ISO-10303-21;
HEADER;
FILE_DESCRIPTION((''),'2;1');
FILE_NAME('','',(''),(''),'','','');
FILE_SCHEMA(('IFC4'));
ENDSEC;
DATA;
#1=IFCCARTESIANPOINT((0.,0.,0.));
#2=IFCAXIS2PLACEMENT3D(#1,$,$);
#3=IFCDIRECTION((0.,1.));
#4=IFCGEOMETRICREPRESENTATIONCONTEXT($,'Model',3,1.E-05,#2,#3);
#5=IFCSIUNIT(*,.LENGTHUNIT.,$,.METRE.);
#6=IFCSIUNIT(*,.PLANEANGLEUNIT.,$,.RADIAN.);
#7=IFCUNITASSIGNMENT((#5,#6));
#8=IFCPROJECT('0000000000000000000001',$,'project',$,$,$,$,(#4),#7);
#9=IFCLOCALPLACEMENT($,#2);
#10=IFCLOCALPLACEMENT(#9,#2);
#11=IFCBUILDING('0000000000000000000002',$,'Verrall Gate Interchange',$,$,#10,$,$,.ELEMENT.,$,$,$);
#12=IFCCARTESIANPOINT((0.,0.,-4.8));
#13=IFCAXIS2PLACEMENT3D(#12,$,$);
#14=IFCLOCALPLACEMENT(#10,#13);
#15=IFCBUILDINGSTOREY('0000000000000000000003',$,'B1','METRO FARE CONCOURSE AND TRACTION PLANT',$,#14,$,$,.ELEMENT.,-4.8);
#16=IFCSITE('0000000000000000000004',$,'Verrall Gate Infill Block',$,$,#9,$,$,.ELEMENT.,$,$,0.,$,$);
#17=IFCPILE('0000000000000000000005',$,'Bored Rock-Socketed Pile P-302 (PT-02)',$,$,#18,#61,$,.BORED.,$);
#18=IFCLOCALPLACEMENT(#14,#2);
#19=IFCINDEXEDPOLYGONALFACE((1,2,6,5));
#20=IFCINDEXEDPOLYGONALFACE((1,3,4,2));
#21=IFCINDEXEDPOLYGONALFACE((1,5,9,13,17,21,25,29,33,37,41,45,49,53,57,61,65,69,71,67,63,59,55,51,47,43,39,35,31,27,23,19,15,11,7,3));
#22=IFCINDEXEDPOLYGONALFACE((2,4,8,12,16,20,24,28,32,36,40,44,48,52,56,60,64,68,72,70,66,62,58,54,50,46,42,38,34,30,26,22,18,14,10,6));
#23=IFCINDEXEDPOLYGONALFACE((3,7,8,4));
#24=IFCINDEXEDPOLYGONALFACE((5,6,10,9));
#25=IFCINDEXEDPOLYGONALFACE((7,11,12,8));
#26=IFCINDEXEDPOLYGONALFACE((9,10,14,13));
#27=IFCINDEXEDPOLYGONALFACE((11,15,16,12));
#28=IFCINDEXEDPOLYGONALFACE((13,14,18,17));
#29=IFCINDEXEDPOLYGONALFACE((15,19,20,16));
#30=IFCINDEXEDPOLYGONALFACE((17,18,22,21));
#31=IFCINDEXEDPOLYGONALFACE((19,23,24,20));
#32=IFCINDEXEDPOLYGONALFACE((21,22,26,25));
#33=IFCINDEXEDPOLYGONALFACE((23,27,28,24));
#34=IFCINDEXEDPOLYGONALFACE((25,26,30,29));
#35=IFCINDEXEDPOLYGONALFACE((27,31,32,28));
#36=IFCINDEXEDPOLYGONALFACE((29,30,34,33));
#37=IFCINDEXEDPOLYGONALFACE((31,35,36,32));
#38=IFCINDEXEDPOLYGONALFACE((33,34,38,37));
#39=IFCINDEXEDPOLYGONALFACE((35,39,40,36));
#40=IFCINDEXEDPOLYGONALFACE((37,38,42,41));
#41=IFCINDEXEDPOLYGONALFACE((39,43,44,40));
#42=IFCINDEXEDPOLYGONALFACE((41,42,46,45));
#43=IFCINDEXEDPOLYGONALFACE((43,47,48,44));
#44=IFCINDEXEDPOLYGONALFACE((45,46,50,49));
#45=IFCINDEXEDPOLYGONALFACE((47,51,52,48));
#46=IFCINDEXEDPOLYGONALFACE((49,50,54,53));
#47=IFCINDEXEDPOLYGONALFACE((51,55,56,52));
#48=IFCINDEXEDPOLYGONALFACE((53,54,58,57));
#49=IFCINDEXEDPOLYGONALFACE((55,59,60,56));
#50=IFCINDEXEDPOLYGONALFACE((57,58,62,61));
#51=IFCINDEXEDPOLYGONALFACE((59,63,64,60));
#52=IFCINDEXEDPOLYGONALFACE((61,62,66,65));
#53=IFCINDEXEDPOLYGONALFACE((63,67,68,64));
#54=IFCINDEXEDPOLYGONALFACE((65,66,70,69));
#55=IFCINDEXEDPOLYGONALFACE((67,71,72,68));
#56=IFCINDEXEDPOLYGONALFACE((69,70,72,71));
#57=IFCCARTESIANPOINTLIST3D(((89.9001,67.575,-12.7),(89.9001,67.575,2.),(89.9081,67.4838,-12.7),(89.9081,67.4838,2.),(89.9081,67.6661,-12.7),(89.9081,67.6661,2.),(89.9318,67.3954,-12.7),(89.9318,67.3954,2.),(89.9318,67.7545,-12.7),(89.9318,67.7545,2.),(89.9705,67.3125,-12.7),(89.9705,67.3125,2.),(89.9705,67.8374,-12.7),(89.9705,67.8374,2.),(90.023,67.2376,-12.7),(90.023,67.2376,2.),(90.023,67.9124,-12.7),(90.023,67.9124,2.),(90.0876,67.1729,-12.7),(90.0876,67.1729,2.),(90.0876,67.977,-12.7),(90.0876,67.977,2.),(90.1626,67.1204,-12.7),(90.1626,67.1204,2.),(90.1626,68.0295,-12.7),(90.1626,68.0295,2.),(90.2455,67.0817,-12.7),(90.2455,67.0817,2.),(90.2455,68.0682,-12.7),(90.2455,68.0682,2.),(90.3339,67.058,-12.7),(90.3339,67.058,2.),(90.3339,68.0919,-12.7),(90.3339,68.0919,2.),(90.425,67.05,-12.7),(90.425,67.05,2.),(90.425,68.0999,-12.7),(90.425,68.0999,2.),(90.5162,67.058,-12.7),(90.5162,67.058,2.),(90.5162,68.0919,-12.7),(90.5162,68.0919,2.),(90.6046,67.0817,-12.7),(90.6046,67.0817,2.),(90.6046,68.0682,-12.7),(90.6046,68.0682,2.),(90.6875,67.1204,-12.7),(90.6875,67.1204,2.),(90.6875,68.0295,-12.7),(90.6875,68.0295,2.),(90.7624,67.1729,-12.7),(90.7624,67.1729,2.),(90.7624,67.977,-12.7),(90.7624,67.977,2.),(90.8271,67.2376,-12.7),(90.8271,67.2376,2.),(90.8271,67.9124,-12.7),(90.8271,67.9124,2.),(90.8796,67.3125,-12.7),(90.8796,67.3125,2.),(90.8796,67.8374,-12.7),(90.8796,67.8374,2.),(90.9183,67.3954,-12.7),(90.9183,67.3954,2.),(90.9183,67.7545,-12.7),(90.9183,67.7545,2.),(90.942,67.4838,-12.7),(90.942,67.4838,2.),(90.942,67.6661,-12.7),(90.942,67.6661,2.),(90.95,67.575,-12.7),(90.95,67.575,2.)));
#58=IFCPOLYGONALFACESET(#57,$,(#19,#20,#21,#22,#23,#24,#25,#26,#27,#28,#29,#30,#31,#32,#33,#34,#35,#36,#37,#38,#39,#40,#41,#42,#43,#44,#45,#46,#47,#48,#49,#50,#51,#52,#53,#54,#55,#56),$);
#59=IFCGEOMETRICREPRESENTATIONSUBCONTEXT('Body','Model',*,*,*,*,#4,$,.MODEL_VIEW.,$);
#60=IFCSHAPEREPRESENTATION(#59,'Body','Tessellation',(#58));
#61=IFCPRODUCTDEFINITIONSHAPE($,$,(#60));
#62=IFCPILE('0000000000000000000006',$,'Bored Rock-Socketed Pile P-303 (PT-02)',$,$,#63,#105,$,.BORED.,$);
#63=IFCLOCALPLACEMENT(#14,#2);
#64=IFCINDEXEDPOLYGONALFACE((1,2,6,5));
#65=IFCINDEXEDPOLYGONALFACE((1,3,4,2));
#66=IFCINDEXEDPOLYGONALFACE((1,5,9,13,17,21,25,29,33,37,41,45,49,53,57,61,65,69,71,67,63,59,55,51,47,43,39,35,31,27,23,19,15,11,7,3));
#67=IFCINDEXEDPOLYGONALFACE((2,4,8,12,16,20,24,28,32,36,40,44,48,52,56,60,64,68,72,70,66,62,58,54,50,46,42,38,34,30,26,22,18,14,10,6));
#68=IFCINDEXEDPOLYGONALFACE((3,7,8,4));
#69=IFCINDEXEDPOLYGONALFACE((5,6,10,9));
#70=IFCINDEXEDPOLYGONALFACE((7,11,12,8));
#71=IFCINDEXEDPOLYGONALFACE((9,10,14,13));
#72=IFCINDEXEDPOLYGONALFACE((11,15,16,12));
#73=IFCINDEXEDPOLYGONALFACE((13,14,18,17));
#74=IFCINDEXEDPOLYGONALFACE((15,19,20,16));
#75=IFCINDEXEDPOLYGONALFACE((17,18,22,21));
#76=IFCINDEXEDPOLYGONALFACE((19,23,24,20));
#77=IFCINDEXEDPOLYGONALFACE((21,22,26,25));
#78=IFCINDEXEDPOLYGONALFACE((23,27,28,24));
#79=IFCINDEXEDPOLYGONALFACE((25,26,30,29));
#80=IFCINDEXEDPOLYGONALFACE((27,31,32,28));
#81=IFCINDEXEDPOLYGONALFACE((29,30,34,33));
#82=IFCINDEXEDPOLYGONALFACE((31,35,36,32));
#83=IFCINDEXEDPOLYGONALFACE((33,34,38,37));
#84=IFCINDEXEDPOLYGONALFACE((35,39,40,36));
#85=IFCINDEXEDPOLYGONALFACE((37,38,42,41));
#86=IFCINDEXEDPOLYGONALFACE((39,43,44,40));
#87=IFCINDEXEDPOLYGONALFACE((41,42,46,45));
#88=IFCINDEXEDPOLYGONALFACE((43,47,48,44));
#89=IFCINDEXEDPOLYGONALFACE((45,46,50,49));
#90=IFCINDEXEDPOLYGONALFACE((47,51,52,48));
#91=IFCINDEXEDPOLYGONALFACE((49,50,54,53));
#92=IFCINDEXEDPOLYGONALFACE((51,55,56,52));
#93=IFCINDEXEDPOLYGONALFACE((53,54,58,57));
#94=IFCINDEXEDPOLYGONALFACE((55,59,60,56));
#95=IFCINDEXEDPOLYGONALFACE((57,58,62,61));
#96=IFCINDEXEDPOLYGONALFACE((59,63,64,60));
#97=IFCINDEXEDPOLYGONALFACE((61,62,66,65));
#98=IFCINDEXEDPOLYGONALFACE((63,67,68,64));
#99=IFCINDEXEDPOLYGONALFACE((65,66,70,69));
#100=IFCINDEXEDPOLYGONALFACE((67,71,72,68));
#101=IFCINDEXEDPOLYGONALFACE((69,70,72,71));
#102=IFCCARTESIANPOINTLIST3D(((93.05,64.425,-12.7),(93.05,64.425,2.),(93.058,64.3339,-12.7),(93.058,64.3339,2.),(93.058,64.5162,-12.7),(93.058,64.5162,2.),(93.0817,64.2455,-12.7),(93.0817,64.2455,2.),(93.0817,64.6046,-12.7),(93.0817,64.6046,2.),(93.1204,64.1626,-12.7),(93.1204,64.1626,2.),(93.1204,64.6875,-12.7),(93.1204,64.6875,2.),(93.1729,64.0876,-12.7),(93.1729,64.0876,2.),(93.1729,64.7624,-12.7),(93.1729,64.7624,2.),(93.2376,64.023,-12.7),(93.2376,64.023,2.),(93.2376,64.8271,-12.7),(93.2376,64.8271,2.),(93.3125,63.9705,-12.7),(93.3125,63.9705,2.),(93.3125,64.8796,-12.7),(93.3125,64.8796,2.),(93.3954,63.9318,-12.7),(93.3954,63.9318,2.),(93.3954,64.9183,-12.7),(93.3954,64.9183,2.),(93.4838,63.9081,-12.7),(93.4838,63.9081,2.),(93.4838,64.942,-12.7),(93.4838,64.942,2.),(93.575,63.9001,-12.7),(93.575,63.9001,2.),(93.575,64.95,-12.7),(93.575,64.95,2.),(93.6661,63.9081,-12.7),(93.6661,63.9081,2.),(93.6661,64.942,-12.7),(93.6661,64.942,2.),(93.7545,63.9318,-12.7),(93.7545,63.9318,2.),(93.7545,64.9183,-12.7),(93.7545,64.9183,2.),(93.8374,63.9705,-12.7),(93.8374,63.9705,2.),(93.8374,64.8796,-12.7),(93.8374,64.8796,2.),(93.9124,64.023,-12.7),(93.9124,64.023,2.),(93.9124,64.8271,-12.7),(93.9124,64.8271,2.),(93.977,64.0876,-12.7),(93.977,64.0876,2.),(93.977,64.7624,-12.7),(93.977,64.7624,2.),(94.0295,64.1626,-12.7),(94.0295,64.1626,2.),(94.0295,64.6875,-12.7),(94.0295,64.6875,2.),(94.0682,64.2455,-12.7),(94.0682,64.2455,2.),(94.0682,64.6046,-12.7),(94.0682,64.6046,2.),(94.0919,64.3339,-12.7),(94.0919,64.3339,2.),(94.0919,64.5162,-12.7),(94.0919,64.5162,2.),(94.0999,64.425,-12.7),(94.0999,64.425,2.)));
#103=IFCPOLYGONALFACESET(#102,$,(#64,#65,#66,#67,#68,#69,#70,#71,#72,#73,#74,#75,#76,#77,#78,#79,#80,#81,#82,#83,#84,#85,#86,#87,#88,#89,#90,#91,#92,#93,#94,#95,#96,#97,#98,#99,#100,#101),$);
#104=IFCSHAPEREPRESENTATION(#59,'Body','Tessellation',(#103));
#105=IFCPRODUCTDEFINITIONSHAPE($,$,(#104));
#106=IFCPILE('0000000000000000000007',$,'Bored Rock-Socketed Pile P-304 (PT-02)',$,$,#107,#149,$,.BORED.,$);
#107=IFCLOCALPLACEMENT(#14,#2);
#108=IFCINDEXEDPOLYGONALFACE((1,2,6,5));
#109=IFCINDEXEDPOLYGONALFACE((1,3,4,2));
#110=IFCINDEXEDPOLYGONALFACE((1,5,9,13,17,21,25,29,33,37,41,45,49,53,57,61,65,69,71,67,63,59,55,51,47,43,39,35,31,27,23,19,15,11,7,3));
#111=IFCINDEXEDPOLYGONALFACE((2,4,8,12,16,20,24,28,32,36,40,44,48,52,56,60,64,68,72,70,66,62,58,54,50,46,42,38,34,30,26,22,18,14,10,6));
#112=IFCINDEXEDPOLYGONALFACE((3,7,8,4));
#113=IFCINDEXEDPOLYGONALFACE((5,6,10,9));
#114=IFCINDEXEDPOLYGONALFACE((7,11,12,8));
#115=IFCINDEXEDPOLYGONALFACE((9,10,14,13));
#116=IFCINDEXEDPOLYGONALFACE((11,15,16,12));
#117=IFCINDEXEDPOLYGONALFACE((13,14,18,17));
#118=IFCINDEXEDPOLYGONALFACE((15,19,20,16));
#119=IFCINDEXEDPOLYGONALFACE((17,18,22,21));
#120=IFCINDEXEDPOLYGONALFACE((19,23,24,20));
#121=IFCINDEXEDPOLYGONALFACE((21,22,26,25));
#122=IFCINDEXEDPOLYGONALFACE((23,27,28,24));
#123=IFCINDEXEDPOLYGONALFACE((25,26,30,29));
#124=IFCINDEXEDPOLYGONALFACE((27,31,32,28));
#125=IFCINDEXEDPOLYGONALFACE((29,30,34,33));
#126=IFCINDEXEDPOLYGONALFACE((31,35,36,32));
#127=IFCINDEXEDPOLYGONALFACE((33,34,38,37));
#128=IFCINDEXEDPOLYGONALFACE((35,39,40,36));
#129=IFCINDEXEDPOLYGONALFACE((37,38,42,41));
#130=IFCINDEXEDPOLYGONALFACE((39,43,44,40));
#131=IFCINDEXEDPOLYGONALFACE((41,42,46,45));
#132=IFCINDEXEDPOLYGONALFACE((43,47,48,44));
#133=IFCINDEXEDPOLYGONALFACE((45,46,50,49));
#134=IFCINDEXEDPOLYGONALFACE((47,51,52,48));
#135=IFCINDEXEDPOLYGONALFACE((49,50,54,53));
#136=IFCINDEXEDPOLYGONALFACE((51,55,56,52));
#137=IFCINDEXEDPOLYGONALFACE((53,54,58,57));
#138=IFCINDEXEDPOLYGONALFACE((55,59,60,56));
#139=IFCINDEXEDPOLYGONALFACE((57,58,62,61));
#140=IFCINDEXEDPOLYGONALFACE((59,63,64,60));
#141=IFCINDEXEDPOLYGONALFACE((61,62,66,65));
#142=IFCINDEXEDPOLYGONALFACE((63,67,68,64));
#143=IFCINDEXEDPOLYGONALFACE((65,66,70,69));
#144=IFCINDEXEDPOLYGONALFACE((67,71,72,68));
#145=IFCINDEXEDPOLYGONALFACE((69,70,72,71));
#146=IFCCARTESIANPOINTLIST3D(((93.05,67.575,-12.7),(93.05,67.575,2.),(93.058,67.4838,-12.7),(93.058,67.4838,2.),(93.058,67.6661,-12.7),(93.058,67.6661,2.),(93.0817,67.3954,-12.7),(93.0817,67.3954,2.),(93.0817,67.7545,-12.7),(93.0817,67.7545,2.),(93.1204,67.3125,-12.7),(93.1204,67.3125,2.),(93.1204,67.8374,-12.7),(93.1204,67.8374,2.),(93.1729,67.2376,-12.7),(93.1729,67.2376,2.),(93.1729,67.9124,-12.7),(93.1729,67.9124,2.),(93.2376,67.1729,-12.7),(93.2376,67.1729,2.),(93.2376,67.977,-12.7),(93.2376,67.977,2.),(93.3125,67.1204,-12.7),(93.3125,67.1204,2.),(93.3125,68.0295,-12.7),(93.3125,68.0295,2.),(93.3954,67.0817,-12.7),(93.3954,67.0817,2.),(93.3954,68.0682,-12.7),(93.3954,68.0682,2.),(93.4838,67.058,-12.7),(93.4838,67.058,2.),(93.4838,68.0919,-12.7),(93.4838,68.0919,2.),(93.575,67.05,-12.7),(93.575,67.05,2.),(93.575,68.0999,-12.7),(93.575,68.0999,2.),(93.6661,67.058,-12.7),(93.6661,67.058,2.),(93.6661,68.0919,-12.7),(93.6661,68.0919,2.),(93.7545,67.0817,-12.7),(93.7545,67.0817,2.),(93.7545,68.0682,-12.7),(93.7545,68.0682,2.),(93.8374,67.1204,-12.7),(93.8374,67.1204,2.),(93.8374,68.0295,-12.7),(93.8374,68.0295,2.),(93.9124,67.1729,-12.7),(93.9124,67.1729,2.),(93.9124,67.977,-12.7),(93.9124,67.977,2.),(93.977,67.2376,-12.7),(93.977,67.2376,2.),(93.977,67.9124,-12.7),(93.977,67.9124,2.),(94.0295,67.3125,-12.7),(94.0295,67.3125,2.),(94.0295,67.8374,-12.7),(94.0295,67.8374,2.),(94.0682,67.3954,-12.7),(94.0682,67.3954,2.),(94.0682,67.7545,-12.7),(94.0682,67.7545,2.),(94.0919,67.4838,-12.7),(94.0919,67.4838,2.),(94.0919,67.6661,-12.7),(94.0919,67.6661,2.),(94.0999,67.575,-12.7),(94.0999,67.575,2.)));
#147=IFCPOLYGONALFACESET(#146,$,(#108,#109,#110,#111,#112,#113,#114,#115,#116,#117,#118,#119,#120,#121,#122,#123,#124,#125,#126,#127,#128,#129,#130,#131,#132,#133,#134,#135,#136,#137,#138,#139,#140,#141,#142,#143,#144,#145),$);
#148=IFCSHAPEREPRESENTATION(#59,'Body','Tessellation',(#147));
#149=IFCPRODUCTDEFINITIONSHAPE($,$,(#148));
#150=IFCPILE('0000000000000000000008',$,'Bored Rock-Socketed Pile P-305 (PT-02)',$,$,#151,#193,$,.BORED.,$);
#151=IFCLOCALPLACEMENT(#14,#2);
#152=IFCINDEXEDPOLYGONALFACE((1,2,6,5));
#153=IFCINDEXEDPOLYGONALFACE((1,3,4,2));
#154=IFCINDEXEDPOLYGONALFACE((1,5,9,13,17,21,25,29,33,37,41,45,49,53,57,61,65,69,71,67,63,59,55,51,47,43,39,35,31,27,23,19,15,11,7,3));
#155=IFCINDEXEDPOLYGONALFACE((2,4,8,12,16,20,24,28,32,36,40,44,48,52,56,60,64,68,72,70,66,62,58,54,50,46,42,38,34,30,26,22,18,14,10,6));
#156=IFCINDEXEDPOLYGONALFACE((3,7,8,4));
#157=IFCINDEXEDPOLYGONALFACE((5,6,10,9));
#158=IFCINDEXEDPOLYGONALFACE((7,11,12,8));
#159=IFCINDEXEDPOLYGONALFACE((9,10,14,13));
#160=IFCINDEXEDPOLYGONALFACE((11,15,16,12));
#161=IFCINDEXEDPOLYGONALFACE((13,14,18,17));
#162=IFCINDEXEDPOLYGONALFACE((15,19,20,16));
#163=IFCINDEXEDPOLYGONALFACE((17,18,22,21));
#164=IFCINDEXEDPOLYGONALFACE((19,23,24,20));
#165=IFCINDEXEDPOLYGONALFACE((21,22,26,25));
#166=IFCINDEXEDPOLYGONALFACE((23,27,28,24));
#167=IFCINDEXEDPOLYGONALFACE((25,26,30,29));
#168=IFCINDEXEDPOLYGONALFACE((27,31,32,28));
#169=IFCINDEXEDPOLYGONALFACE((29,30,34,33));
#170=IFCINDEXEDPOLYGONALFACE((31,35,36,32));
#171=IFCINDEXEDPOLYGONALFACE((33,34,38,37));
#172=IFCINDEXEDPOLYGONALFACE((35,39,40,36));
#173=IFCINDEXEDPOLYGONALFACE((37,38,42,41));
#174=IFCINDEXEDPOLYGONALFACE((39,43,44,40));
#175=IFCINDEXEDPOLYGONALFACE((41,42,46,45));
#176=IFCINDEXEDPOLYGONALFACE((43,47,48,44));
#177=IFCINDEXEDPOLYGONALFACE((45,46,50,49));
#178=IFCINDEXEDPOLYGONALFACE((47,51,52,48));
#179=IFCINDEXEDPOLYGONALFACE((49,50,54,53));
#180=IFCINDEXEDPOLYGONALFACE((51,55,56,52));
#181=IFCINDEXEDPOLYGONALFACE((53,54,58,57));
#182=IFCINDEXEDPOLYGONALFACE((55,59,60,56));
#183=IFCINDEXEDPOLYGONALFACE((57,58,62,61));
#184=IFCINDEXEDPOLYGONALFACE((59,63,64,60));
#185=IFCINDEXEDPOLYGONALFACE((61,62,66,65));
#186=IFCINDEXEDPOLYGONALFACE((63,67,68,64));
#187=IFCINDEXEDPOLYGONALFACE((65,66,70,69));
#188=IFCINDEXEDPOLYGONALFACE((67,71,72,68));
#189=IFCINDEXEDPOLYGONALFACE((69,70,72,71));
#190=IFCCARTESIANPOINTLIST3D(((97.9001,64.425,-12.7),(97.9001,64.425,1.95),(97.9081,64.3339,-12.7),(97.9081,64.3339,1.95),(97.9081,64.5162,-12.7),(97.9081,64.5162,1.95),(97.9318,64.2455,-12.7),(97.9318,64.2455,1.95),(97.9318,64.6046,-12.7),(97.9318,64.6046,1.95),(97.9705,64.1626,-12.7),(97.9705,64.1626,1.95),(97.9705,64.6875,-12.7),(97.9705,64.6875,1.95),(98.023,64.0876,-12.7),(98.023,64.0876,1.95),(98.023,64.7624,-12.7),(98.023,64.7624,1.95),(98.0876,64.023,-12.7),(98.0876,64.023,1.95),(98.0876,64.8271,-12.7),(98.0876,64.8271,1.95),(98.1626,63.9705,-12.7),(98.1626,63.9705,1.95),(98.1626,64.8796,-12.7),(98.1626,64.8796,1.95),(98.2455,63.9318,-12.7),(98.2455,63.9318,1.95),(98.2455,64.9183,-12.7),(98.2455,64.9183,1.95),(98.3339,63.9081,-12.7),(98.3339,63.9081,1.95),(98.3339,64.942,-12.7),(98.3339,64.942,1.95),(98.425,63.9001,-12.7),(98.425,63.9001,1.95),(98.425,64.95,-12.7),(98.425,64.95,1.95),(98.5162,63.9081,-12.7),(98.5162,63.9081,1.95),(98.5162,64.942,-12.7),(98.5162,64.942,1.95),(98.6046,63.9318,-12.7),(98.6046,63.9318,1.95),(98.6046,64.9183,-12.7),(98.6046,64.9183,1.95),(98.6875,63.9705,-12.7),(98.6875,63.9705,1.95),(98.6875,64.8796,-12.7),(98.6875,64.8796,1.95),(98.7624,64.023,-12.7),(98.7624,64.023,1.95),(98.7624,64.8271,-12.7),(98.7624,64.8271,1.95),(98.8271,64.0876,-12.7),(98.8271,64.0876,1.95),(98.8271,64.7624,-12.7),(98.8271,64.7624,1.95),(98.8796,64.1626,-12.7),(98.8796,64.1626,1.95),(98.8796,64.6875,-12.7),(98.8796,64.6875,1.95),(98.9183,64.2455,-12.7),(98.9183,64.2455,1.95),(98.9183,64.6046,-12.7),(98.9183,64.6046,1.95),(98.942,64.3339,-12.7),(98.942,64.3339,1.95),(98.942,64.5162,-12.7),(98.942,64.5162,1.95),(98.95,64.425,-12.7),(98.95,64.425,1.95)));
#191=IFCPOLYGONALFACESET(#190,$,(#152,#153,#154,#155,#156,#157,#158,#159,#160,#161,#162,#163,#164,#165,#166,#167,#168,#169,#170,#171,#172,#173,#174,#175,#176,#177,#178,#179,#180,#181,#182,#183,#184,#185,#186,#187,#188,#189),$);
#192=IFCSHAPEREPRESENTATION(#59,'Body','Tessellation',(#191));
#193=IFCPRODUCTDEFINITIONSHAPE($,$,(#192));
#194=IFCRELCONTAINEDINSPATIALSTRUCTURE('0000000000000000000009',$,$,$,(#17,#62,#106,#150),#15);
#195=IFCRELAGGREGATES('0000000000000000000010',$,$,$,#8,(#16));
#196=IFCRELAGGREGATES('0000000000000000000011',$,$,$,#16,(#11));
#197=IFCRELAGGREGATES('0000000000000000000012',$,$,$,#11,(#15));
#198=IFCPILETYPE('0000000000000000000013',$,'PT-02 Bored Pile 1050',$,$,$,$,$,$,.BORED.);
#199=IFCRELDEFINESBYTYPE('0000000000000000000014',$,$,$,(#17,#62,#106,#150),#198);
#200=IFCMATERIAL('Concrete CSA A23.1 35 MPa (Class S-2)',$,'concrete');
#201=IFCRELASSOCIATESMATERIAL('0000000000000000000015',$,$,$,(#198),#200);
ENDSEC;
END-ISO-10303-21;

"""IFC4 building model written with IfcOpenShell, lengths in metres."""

from ifc_helpers import new_model, si_unit, direction, frame, origin, origin_2d, place, context, subcontext, project, spatial, circle, extrude, material, material_profile, profile_set, type_object, element, save


model = new_model("IFC4")

# Units and contexts
model_context = context("Model", 3, precision=1e-05, world=origin(), true_north=direction((0.0, 1.0)))
body_context = subcontext(model_context, "Body", "Model", "MODEL_VIEW")
ifc_project = project(units=[si_unit("LENGTHUNIT", "METRE"), si_unit("PLANEANGLEUNIT", "RADIAN")], contexts=[model_context])

# Site, building, storey
site_placement = place(None, origin())
site = spatial("IfcSite", under=ifc_project, at=site_placement, Name="Verrall Gate Infill Block", CompositionType="ELEMENT", RefElevation=0.0)
building_placement = place(site_placement, origin())
building = spatial("IfcBuilding", under=site, at=building_placement, Name="Verrall Gate Interchange", CompositionType="ELEMENT")
storey_placement = place(building_placement, frame((0.0, 0.0, -4.8)))
storey = spatial("IfcBuildingStorey", under=building, at=storey_placement, Name="B1", Description="METRO FARE CONCOURSE AND TRACTION PLANT", CompositionType="ELEMENT", Elevation=-4.8)

# Piles
ifc_material_1 = material(Name="Concrete CSA A23.1 35 MPa (Class S-2)", Category="concrete")
ifc_material_profile_1 = material_profile(ifc_material_1, circle(Radius=0.5249, at=origin_2d()), Name="PILE1050D")
ifc_profile_set_1 = profile_set([ifc_material_profile_1], Name="Concrete CSA A23.1 35 MPa (Class S-2)")
pile_type = type_object("IfcPileType", Name="PT-02 Bored Pile 1050", PredefinedType="BORED", material=ifc_profile_set_1)
for number, where, z_axis, x_axis, name in (
    (1, (90.425, 67.575, 2.0), (0.0, 0.0, -1.0), (1.0, 0.0, 0.0), "Bored Rock-Socketed Pile P-302 (PT-02)"),
    (2, (93.575, 64.425, 2.0), (0.0, 0.0, -1.0), (1.0, 0.0, 0.0), "Bored Rock-Socketed Pile P-303 (PT-02)"),
    (3, (93.575, 67.575, 2.0), (0.0, 0.0, -1.0), (1.0, 0.0, 0.0), "Bored Rock-Socketed Pile P-304 (PT-02)"),
):
    element("IfcPile", number, at=place(storey_placement, frame(where, z_axis=z_axis, x_axis=x_axis)), inside=storey, type_object=pile_type, Name=name, PredefinedType="BORED", context=body_context, shape_type="SweptSolid", body=[
        extrude(circle(Radius=0.5249, at=origin_2d()), origin(), (0.0, 0.0, 1.0), 14.7),
    ])
for number, where, z_axis, x_axis, name in (
    (4, (98.425, 64.425, 1.95), (0.0, 0.0, -1.0), (1.0, 0.0, 0.0), "Bored Rock-Socketed Pile P-305 (PT-02)"),
):
    element("IfcPile", number, at=place(storey_placement, frame(where, z_axis=z_axis, x_axis=x_axis)), inside=storey, type_object=pile_type, Name=name, PredefinedType="BORED", context=body_context, shape_type="SweptSolid", body=[
        extrude(circle(Radius=0.5249, at=origin_2d()), origin(), (0.0, 0.0, 1.0), 14.6499),
    ])

save(model, "model.ifc")
